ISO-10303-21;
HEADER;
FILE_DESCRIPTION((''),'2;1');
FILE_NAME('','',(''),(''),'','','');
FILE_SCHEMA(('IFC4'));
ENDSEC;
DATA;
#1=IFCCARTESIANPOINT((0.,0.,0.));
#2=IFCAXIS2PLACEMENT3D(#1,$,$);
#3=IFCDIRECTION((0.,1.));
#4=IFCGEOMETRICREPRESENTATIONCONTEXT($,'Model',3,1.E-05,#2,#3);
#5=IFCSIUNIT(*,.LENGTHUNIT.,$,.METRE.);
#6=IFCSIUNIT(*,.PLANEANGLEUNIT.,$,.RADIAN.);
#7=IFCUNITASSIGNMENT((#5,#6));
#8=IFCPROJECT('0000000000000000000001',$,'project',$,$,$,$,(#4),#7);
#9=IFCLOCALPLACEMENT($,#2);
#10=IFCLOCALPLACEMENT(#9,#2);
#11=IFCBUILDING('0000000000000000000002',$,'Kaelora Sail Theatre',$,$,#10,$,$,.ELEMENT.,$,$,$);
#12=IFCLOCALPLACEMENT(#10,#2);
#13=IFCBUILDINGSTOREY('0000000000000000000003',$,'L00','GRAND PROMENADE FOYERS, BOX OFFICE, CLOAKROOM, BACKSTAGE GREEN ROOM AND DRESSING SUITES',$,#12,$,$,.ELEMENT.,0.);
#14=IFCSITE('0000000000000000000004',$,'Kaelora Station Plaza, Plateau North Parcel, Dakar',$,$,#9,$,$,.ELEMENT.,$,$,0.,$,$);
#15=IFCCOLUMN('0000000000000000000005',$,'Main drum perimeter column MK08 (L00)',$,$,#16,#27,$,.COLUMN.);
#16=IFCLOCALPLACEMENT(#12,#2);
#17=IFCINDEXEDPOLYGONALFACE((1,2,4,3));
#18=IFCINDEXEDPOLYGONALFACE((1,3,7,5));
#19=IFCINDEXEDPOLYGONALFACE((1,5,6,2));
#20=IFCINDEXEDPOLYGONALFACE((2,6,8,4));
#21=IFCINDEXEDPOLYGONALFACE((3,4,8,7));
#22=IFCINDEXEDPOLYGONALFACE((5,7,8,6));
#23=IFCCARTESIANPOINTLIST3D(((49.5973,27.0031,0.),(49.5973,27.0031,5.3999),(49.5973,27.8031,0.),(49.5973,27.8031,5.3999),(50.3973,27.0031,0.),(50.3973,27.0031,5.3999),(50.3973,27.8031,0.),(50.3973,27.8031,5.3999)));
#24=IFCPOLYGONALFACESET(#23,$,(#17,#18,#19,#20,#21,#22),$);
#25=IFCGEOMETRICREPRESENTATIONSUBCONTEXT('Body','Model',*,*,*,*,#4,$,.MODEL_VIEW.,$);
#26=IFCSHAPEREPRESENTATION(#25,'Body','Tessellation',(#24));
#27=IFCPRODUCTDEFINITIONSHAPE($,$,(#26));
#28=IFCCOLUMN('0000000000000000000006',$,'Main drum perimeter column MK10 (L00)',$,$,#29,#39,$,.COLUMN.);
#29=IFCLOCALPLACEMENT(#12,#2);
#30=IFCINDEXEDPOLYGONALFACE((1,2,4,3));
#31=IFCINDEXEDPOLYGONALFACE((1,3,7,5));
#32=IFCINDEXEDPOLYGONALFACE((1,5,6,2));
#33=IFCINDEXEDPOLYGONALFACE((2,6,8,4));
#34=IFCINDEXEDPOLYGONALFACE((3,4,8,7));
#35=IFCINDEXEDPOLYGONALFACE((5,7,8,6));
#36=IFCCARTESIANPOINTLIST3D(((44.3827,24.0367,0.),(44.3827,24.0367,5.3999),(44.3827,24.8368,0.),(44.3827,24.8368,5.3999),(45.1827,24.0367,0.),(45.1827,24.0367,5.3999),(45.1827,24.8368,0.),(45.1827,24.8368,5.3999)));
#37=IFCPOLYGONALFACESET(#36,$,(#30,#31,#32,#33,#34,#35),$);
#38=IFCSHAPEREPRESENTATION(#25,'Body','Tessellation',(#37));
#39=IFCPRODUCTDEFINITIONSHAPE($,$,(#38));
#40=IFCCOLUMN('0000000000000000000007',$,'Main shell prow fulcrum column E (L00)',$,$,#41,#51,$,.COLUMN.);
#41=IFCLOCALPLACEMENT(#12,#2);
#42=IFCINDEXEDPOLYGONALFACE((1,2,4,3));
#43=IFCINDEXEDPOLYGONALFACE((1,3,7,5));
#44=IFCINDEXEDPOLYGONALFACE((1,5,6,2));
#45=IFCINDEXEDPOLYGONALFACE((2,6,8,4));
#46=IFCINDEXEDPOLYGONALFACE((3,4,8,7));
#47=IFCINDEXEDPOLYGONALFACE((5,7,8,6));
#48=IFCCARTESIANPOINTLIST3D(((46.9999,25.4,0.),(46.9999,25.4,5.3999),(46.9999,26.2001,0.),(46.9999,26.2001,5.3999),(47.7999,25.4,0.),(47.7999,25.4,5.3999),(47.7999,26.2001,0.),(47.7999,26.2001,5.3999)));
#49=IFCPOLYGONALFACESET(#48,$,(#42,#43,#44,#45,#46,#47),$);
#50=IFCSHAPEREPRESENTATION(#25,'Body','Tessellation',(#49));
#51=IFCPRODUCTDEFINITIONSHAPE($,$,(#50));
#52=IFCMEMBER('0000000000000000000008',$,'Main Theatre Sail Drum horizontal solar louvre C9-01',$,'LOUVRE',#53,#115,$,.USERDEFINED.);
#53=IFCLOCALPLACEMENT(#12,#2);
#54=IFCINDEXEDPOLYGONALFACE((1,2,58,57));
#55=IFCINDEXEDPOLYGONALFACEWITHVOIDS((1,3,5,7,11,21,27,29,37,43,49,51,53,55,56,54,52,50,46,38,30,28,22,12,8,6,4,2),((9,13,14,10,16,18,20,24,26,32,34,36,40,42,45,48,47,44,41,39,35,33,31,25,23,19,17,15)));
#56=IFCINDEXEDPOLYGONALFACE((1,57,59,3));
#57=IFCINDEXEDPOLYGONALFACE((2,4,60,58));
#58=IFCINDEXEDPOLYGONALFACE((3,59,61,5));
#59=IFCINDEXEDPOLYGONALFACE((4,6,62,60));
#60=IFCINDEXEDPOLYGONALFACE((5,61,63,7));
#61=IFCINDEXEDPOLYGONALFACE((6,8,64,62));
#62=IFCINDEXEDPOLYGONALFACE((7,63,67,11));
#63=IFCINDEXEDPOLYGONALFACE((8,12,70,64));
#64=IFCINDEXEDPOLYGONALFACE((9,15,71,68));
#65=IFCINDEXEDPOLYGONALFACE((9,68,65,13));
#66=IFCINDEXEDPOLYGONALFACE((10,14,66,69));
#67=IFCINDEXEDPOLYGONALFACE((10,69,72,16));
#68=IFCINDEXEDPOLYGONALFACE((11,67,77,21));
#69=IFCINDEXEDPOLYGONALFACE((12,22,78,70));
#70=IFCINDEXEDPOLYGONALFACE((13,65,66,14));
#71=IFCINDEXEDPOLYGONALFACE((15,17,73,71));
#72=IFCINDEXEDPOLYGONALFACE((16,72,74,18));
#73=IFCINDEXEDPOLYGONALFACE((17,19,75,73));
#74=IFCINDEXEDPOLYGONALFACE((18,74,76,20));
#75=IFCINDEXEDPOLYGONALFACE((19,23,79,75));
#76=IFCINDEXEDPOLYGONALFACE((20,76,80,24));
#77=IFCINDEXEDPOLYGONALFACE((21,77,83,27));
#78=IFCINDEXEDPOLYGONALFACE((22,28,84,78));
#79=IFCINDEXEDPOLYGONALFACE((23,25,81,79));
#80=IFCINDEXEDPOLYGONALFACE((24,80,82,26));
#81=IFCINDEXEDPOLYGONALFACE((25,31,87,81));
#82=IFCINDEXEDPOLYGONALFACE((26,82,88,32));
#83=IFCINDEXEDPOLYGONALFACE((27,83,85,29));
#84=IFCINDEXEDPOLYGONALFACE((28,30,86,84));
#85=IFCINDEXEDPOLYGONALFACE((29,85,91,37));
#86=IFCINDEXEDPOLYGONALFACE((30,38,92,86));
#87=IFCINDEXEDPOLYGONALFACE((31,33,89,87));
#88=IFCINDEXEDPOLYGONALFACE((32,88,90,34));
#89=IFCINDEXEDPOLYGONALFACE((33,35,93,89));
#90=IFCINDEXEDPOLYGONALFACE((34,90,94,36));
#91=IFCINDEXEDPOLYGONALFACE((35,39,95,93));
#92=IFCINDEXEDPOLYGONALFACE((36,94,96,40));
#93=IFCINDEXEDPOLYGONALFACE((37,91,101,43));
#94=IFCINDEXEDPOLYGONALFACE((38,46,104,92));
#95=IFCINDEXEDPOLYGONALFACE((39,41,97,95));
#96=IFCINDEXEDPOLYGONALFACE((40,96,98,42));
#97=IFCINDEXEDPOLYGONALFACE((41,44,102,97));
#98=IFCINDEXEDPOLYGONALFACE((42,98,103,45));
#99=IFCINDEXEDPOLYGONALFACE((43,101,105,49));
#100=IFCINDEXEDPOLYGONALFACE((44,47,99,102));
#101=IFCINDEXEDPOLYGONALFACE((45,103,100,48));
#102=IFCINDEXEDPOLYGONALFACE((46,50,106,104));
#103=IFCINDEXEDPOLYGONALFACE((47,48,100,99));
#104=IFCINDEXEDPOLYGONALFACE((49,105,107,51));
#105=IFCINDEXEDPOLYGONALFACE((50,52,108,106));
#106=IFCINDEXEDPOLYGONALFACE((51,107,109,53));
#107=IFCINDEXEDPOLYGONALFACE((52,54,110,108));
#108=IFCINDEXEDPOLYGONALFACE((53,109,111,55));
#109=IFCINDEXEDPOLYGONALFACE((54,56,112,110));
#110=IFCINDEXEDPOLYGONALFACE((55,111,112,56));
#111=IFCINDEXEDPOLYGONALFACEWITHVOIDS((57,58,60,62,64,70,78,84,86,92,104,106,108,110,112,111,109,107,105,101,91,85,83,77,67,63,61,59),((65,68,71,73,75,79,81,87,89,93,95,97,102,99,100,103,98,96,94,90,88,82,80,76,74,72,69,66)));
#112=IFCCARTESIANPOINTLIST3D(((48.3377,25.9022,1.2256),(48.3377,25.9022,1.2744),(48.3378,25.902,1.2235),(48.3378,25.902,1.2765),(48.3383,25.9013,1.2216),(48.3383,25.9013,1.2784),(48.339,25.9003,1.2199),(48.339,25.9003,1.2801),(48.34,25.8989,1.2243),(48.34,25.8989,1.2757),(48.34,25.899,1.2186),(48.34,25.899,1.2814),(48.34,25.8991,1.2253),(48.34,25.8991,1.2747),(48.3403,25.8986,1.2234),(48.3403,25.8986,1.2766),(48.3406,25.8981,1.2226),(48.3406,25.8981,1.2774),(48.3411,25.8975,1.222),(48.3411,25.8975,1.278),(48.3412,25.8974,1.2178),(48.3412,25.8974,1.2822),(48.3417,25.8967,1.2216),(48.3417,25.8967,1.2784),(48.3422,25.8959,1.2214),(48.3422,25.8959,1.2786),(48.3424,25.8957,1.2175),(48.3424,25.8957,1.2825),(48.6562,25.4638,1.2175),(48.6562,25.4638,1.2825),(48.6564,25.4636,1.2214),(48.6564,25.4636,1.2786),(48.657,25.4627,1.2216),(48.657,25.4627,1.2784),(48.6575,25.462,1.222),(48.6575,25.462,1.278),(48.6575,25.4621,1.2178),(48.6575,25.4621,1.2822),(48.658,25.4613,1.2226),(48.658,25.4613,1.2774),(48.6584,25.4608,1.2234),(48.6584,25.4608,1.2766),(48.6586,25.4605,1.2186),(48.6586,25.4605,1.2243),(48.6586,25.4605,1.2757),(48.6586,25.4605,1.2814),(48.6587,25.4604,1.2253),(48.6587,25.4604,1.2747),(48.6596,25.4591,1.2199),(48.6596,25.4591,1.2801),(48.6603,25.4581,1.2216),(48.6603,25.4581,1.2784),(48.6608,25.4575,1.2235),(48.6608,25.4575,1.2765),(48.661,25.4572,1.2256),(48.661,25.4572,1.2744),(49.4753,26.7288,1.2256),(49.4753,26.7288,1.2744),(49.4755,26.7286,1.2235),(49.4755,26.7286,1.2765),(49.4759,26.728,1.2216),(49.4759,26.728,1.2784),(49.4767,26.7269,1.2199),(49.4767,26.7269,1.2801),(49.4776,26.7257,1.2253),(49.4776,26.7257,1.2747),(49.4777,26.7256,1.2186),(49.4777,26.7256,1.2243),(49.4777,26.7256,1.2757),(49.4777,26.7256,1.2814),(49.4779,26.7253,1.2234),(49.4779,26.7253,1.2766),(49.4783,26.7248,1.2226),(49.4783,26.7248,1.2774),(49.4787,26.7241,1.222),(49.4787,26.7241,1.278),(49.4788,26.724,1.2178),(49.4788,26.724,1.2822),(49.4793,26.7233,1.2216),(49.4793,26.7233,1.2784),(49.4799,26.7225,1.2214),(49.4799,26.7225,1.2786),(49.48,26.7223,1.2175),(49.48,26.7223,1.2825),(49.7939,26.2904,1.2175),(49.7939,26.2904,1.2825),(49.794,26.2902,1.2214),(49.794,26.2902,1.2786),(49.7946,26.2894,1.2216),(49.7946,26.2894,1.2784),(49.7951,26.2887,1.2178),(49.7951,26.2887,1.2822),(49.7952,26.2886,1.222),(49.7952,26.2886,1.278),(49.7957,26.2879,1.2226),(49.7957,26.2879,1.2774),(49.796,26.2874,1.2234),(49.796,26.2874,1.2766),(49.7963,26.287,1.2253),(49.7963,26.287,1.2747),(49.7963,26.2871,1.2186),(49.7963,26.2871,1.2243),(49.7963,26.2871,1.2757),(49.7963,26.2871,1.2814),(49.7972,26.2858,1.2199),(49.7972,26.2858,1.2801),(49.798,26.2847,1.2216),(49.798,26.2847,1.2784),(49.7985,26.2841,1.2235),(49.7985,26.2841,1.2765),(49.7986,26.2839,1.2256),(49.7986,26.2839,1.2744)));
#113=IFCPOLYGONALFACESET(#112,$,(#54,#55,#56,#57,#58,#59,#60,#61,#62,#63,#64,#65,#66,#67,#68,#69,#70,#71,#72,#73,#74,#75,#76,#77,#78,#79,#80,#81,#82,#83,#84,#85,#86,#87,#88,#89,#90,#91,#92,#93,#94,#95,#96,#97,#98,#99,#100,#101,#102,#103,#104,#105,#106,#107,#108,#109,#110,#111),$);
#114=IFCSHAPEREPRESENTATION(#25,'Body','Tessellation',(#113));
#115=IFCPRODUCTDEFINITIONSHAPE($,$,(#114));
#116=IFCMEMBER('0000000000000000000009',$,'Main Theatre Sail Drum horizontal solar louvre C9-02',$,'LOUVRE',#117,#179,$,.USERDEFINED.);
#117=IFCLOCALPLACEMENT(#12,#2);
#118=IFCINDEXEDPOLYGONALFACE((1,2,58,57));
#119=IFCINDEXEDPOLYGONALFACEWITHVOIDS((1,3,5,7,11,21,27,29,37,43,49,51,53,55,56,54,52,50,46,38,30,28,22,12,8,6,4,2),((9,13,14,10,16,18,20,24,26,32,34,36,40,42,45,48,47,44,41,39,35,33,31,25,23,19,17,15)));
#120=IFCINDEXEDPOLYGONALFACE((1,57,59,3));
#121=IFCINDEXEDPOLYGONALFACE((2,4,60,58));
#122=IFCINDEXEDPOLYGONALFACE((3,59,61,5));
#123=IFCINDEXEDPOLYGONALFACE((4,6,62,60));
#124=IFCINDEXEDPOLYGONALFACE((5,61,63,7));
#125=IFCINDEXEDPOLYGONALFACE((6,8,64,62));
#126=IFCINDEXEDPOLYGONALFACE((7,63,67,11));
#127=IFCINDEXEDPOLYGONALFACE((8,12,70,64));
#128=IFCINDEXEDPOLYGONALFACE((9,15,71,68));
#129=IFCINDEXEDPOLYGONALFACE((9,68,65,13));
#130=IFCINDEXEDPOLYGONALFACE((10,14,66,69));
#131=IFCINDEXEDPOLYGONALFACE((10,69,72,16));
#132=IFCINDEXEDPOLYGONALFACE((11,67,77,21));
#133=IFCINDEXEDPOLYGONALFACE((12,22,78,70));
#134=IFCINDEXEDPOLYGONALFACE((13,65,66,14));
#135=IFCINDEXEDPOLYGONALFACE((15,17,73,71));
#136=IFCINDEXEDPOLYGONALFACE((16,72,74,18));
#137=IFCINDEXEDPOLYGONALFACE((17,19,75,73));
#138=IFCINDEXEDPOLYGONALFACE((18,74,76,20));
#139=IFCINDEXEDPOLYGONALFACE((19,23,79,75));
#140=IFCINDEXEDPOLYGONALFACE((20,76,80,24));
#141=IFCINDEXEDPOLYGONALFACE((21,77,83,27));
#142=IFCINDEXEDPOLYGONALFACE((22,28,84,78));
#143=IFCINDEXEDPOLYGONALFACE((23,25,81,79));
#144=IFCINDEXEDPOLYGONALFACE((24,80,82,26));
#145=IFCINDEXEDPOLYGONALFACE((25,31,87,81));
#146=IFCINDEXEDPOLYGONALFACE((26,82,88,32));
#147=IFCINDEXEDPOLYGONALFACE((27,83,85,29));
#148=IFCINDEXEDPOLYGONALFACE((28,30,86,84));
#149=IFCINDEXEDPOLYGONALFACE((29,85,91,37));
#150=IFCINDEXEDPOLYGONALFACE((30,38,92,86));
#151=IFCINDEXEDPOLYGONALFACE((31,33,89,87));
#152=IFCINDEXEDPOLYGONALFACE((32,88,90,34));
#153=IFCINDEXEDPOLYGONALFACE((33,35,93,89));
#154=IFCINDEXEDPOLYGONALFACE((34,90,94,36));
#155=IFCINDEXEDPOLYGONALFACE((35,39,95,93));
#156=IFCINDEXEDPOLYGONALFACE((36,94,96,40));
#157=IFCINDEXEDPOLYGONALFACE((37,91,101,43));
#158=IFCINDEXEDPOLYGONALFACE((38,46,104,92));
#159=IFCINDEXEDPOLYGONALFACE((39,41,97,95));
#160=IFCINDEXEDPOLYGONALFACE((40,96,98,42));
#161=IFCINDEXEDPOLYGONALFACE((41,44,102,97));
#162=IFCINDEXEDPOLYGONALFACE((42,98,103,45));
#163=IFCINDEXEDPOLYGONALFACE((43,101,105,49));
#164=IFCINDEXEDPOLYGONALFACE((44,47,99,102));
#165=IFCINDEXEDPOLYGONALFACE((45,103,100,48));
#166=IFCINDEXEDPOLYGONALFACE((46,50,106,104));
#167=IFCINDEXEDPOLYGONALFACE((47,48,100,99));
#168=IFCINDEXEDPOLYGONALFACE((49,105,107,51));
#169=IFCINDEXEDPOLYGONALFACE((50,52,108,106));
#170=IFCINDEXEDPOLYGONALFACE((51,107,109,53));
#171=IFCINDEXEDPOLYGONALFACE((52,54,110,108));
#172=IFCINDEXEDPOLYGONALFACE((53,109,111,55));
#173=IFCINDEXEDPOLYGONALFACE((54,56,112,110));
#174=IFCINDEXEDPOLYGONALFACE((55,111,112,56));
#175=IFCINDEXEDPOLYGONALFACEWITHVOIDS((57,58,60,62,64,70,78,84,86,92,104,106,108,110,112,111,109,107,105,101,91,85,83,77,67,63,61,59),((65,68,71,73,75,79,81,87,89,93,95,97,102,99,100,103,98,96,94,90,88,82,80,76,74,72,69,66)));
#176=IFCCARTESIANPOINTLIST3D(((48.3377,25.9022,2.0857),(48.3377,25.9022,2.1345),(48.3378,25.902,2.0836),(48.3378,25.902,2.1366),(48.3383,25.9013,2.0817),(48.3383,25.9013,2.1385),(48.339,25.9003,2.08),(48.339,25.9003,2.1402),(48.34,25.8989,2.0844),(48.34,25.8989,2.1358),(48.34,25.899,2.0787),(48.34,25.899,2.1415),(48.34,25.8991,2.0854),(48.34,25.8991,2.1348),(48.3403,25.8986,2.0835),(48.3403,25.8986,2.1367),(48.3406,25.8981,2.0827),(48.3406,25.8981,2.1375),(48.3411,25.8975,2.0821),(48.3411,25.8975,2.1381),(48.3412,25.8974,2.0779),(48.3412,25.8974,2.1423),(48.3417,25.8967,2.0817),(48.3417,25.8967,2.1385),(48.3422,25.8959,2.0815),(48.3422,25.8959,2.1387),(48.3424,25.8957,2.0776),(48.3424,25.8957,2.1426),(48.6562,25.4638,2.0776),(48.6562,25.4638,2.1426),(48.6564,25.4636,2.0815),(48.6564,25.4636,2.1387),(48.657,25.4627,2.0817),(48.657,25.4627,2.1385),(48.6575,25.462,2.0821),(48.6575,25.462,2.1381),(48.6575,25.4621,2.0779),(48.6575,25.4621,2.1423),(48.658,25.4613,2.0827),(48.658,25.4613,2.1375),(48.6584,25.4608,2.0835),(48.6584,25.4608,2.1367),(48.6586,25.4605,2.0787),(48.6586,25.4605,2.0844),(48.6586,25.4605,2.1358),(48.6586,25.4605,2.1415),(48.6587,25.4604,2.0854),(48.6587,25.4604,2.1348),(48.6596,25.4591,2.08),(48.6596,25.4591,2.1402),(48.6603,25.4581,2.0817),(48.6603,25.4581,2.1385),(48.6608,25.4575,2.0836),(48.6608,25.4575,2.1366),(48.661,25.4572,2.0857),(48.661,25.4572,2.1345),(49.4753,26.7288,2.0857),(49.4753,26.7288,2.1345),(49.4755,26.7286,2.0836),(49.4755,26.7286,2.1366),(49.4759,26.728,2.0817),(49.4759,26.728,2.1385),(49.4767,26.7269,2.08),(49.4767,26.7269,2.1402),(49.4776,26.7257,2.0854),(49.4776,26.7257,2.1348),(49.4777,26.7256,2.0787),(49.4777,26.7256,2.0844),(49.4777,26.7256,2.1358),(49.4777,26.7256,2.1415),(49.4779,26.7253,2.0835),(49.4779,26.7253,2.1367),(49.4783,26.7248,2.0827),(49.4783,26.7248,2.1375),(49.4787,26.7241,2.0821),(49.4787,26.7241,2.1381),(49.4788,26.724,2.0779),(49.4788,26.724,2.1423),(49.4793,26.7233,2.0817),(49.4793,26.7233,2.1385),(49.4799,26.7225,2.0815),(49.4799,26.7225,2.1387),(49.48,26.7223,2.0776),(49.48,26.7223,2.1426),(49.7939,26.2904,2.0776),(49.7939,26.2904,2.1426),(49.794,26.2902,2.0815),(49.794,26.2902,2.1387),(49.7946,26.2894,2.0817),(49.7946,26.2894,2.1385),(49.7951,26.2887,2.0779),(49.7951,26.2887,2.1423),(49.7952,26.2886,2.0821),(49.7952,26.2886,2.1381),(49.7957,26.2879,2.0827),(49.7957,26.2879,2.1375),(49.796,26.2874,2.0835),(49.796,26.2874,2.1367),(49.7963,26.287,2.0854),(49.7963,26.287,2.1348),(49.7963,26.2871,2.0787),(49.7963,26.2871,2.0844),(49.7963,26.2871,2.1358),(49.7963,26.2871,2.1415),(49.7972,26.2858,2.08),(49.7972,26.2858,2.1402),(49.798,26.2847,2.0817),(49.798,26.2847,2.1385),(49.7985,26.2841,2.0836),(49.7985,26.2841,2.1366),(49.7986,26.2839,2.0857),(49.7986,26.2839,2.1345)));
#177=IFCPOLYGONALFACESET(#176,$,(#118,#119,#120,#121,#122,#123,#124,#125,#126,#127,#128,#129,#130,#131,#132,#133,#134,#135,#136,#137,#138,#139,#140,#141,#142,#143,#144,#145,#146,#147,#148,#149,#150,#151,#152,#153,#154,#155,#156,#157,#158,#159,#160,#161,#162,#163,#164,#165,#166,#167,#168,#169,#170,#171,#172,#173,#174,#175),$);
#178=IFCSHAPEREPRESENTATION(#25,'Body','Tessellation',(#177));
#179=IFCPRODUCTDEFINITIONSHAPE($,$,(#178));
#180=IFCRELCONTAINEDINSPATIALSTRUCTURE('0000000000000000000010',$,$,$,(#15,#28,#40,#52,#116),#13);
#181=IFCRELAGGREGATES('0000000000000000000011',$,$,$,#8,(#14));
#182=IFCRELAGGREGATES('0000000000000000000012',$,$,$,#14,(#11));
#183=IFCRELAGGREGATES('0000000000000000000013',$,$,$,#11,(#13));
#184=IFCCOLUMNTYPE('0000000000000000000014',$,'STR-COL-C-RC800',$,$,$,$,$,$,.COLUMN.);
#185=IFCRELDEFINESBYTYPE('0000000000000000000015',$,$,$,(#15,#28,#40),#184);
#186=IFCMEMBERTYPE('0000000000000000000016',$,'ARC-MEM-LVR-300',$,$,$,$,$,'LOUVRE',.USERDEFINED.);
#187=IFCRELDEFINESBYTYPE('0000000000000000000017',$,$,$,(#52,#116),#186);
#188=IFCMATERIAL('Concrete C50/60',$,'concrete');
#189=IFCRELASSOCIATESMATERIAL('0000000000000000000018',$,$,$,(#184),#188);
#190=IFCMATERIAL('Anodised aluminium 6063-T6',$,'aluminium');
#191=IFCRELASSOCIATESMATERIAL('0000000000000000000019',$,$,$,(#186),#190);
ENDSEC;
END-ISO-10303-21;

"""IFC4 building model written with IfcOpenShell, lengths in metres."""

from ifc_helpers import new_model, si_unit, direction, frame, origin, origin_2d, place, context, subcontext, project, spatial, rectangle, hollow_rectangle, extrude, material, material_profile, profile_set, type_object, element, save


model = new_model("IFC4")

# Units and contexts
model_context = context("Model", 3, precision=1e-05, world=origin(), true_north=direction((0.0, 1.0)))
body_context = subcontext(model_context, "Body", "Model", "MODEL_VIEW")
ifc_project = project(units=[si_unit("LENGTHUNIT", "METRE"), si_unit("PLANEANGLEUNIT", "RADIAN")], contexts=[model_context])

# Site, building, storey
site_placement = place(None, origin())
site = spatial("IfcSite", under=ifc_project, at=site_placement, Name="Kaelora Station Plaza, Plateau North Parcel, Dakar", CompositionType="ELEMENT", RefElevation=0.0)
building_placement = place(site_placement, origin())
building = spatial("IfcBuilding", under=site, at=building_placement, Name="Kaelora Sail Theatre", CompositionType="ELEMENT")
storey_placement = place(building_placement, origin())
storey = spatial("IfcBuildingStorey", under=building, at=storey_placement, Name="L00", Description="GRAND PROMENADE FOYERS, BOX OFFICE, CLOAKROOM, BACKSTAGE GREEN ROOM AND DRESSING SUITES", CompositionType="ELEMENT", Elevation=0.0)

# Columns
ifc_material_1 = material(Name="Concrete C50/60", Category="concrete")
ifc_material_profile_1 = material_profile(ifc_material_1, rectangle(XDim=0.8, YDim=0.8, at=origin_2d()), Name="RC-COL 800x800")
ifc_profile_set_1 = profile_set([ifc_material_profile_1], Name="Concrete C50/60")
column_type = type_object("IfcColumnType", Name="STR-COL-C-RC800", PredefinedType="COLUMN", material=ifc_profile_set_1)
for number, where, z_axis, x_axis, name in (
    (1, (49.9973, 27.4031, 0.0), (0.0, 0.0, 1.0), (1.0, 0.0, 0.0), "Main drum perimeter column MK08 (L00)"),
    (2, (44.7827, 24.4368, 0.0), (0.0, 0.0, 1.0), (1.0, 0.0, 0.0), "Main drum perimeter column MK10 (L00)"),
    (3, (47.3999, 25.8, 0.0), (0.0, 0.0, 1.0), (1.0, 0.0, 0.0), "Main shell prow fulcrum column E (L00)"),
):
    element("IfcColumn", number, at=place(storey_placement, frame(where, z_axis=z_axis, x_axis=x_axis)), inside=storey, type_object=column_type, Name=name, PredefinedType="COLUMN", context=body_context, shape_type="SweptSolid", body=[
        extrude(rectangle(XDim=0.8, YDim=0.8, at=origin_2d()), origin(), (0.0, 0.0, 1.0), 5.3999),
    ])

# Members
ifc_material_2 = material(Name="Anodised aluminium 6063-T6", Category="aluminium")
ifc_material_profile_2 = material_profile(ifc_material_2, hollow_rectangle(XDim=0.55, YDim=0.0649, WallThickness=0.0039, InnerFilletRadius=0.0039, OuterFilletRadius=0.0081, at=origin_2d()), Name="LOUVRE 550x65x4")
ifc_profile_set_2 = profile_set([ifc_material_profile_2], Name="Anodised aluminium 6063-T6")
member_type_1 = type_object("IfcMemberType", Name="ARC-MEM-LVR-300", ElementType="LOUVRE", PredefinedType="USERDEFINED", material=ifc_profile_set_2)
for number, where, z_axis, x_axis, name in (
    (4, (49.637, 26.5063, 1.25), (-0.808991, -0.587821, 0.0), (0.587821, -0.808991, 0.0), "Main Theatre Sail Drum horizontal solar louvre C9-01"),
    (5, (49.637, 26.5063, 2.1101), (-0.808991, -0.587821, 0.0), (0.587821, -0.808991, 0.0), "Main Theatre Sail Drum horizontal solar louvre C9-02"),
):
    element("IfcMember", number, at=place(storey_placement, frame(where, z_axis=z_axis, x_axis=x_axis)), inside=storey, type_object=member_type_1, Name=name, ObjectType="LOUVRE", PredefinedType="USERDEFINED", context=body_context, shape_type="SweptSolid", body=[
        extrude(hollow_rectangle(XDim=0.55, YDim=0.0649, WallThickness=0.0039, InnerFilletRadius=0.0039, OuterFilletRadius=0.0081, at=origin_2d()), origin(), (0.0, 0.0, 1.0), 1.4062),
    ])

save(model, "model.ifc")
